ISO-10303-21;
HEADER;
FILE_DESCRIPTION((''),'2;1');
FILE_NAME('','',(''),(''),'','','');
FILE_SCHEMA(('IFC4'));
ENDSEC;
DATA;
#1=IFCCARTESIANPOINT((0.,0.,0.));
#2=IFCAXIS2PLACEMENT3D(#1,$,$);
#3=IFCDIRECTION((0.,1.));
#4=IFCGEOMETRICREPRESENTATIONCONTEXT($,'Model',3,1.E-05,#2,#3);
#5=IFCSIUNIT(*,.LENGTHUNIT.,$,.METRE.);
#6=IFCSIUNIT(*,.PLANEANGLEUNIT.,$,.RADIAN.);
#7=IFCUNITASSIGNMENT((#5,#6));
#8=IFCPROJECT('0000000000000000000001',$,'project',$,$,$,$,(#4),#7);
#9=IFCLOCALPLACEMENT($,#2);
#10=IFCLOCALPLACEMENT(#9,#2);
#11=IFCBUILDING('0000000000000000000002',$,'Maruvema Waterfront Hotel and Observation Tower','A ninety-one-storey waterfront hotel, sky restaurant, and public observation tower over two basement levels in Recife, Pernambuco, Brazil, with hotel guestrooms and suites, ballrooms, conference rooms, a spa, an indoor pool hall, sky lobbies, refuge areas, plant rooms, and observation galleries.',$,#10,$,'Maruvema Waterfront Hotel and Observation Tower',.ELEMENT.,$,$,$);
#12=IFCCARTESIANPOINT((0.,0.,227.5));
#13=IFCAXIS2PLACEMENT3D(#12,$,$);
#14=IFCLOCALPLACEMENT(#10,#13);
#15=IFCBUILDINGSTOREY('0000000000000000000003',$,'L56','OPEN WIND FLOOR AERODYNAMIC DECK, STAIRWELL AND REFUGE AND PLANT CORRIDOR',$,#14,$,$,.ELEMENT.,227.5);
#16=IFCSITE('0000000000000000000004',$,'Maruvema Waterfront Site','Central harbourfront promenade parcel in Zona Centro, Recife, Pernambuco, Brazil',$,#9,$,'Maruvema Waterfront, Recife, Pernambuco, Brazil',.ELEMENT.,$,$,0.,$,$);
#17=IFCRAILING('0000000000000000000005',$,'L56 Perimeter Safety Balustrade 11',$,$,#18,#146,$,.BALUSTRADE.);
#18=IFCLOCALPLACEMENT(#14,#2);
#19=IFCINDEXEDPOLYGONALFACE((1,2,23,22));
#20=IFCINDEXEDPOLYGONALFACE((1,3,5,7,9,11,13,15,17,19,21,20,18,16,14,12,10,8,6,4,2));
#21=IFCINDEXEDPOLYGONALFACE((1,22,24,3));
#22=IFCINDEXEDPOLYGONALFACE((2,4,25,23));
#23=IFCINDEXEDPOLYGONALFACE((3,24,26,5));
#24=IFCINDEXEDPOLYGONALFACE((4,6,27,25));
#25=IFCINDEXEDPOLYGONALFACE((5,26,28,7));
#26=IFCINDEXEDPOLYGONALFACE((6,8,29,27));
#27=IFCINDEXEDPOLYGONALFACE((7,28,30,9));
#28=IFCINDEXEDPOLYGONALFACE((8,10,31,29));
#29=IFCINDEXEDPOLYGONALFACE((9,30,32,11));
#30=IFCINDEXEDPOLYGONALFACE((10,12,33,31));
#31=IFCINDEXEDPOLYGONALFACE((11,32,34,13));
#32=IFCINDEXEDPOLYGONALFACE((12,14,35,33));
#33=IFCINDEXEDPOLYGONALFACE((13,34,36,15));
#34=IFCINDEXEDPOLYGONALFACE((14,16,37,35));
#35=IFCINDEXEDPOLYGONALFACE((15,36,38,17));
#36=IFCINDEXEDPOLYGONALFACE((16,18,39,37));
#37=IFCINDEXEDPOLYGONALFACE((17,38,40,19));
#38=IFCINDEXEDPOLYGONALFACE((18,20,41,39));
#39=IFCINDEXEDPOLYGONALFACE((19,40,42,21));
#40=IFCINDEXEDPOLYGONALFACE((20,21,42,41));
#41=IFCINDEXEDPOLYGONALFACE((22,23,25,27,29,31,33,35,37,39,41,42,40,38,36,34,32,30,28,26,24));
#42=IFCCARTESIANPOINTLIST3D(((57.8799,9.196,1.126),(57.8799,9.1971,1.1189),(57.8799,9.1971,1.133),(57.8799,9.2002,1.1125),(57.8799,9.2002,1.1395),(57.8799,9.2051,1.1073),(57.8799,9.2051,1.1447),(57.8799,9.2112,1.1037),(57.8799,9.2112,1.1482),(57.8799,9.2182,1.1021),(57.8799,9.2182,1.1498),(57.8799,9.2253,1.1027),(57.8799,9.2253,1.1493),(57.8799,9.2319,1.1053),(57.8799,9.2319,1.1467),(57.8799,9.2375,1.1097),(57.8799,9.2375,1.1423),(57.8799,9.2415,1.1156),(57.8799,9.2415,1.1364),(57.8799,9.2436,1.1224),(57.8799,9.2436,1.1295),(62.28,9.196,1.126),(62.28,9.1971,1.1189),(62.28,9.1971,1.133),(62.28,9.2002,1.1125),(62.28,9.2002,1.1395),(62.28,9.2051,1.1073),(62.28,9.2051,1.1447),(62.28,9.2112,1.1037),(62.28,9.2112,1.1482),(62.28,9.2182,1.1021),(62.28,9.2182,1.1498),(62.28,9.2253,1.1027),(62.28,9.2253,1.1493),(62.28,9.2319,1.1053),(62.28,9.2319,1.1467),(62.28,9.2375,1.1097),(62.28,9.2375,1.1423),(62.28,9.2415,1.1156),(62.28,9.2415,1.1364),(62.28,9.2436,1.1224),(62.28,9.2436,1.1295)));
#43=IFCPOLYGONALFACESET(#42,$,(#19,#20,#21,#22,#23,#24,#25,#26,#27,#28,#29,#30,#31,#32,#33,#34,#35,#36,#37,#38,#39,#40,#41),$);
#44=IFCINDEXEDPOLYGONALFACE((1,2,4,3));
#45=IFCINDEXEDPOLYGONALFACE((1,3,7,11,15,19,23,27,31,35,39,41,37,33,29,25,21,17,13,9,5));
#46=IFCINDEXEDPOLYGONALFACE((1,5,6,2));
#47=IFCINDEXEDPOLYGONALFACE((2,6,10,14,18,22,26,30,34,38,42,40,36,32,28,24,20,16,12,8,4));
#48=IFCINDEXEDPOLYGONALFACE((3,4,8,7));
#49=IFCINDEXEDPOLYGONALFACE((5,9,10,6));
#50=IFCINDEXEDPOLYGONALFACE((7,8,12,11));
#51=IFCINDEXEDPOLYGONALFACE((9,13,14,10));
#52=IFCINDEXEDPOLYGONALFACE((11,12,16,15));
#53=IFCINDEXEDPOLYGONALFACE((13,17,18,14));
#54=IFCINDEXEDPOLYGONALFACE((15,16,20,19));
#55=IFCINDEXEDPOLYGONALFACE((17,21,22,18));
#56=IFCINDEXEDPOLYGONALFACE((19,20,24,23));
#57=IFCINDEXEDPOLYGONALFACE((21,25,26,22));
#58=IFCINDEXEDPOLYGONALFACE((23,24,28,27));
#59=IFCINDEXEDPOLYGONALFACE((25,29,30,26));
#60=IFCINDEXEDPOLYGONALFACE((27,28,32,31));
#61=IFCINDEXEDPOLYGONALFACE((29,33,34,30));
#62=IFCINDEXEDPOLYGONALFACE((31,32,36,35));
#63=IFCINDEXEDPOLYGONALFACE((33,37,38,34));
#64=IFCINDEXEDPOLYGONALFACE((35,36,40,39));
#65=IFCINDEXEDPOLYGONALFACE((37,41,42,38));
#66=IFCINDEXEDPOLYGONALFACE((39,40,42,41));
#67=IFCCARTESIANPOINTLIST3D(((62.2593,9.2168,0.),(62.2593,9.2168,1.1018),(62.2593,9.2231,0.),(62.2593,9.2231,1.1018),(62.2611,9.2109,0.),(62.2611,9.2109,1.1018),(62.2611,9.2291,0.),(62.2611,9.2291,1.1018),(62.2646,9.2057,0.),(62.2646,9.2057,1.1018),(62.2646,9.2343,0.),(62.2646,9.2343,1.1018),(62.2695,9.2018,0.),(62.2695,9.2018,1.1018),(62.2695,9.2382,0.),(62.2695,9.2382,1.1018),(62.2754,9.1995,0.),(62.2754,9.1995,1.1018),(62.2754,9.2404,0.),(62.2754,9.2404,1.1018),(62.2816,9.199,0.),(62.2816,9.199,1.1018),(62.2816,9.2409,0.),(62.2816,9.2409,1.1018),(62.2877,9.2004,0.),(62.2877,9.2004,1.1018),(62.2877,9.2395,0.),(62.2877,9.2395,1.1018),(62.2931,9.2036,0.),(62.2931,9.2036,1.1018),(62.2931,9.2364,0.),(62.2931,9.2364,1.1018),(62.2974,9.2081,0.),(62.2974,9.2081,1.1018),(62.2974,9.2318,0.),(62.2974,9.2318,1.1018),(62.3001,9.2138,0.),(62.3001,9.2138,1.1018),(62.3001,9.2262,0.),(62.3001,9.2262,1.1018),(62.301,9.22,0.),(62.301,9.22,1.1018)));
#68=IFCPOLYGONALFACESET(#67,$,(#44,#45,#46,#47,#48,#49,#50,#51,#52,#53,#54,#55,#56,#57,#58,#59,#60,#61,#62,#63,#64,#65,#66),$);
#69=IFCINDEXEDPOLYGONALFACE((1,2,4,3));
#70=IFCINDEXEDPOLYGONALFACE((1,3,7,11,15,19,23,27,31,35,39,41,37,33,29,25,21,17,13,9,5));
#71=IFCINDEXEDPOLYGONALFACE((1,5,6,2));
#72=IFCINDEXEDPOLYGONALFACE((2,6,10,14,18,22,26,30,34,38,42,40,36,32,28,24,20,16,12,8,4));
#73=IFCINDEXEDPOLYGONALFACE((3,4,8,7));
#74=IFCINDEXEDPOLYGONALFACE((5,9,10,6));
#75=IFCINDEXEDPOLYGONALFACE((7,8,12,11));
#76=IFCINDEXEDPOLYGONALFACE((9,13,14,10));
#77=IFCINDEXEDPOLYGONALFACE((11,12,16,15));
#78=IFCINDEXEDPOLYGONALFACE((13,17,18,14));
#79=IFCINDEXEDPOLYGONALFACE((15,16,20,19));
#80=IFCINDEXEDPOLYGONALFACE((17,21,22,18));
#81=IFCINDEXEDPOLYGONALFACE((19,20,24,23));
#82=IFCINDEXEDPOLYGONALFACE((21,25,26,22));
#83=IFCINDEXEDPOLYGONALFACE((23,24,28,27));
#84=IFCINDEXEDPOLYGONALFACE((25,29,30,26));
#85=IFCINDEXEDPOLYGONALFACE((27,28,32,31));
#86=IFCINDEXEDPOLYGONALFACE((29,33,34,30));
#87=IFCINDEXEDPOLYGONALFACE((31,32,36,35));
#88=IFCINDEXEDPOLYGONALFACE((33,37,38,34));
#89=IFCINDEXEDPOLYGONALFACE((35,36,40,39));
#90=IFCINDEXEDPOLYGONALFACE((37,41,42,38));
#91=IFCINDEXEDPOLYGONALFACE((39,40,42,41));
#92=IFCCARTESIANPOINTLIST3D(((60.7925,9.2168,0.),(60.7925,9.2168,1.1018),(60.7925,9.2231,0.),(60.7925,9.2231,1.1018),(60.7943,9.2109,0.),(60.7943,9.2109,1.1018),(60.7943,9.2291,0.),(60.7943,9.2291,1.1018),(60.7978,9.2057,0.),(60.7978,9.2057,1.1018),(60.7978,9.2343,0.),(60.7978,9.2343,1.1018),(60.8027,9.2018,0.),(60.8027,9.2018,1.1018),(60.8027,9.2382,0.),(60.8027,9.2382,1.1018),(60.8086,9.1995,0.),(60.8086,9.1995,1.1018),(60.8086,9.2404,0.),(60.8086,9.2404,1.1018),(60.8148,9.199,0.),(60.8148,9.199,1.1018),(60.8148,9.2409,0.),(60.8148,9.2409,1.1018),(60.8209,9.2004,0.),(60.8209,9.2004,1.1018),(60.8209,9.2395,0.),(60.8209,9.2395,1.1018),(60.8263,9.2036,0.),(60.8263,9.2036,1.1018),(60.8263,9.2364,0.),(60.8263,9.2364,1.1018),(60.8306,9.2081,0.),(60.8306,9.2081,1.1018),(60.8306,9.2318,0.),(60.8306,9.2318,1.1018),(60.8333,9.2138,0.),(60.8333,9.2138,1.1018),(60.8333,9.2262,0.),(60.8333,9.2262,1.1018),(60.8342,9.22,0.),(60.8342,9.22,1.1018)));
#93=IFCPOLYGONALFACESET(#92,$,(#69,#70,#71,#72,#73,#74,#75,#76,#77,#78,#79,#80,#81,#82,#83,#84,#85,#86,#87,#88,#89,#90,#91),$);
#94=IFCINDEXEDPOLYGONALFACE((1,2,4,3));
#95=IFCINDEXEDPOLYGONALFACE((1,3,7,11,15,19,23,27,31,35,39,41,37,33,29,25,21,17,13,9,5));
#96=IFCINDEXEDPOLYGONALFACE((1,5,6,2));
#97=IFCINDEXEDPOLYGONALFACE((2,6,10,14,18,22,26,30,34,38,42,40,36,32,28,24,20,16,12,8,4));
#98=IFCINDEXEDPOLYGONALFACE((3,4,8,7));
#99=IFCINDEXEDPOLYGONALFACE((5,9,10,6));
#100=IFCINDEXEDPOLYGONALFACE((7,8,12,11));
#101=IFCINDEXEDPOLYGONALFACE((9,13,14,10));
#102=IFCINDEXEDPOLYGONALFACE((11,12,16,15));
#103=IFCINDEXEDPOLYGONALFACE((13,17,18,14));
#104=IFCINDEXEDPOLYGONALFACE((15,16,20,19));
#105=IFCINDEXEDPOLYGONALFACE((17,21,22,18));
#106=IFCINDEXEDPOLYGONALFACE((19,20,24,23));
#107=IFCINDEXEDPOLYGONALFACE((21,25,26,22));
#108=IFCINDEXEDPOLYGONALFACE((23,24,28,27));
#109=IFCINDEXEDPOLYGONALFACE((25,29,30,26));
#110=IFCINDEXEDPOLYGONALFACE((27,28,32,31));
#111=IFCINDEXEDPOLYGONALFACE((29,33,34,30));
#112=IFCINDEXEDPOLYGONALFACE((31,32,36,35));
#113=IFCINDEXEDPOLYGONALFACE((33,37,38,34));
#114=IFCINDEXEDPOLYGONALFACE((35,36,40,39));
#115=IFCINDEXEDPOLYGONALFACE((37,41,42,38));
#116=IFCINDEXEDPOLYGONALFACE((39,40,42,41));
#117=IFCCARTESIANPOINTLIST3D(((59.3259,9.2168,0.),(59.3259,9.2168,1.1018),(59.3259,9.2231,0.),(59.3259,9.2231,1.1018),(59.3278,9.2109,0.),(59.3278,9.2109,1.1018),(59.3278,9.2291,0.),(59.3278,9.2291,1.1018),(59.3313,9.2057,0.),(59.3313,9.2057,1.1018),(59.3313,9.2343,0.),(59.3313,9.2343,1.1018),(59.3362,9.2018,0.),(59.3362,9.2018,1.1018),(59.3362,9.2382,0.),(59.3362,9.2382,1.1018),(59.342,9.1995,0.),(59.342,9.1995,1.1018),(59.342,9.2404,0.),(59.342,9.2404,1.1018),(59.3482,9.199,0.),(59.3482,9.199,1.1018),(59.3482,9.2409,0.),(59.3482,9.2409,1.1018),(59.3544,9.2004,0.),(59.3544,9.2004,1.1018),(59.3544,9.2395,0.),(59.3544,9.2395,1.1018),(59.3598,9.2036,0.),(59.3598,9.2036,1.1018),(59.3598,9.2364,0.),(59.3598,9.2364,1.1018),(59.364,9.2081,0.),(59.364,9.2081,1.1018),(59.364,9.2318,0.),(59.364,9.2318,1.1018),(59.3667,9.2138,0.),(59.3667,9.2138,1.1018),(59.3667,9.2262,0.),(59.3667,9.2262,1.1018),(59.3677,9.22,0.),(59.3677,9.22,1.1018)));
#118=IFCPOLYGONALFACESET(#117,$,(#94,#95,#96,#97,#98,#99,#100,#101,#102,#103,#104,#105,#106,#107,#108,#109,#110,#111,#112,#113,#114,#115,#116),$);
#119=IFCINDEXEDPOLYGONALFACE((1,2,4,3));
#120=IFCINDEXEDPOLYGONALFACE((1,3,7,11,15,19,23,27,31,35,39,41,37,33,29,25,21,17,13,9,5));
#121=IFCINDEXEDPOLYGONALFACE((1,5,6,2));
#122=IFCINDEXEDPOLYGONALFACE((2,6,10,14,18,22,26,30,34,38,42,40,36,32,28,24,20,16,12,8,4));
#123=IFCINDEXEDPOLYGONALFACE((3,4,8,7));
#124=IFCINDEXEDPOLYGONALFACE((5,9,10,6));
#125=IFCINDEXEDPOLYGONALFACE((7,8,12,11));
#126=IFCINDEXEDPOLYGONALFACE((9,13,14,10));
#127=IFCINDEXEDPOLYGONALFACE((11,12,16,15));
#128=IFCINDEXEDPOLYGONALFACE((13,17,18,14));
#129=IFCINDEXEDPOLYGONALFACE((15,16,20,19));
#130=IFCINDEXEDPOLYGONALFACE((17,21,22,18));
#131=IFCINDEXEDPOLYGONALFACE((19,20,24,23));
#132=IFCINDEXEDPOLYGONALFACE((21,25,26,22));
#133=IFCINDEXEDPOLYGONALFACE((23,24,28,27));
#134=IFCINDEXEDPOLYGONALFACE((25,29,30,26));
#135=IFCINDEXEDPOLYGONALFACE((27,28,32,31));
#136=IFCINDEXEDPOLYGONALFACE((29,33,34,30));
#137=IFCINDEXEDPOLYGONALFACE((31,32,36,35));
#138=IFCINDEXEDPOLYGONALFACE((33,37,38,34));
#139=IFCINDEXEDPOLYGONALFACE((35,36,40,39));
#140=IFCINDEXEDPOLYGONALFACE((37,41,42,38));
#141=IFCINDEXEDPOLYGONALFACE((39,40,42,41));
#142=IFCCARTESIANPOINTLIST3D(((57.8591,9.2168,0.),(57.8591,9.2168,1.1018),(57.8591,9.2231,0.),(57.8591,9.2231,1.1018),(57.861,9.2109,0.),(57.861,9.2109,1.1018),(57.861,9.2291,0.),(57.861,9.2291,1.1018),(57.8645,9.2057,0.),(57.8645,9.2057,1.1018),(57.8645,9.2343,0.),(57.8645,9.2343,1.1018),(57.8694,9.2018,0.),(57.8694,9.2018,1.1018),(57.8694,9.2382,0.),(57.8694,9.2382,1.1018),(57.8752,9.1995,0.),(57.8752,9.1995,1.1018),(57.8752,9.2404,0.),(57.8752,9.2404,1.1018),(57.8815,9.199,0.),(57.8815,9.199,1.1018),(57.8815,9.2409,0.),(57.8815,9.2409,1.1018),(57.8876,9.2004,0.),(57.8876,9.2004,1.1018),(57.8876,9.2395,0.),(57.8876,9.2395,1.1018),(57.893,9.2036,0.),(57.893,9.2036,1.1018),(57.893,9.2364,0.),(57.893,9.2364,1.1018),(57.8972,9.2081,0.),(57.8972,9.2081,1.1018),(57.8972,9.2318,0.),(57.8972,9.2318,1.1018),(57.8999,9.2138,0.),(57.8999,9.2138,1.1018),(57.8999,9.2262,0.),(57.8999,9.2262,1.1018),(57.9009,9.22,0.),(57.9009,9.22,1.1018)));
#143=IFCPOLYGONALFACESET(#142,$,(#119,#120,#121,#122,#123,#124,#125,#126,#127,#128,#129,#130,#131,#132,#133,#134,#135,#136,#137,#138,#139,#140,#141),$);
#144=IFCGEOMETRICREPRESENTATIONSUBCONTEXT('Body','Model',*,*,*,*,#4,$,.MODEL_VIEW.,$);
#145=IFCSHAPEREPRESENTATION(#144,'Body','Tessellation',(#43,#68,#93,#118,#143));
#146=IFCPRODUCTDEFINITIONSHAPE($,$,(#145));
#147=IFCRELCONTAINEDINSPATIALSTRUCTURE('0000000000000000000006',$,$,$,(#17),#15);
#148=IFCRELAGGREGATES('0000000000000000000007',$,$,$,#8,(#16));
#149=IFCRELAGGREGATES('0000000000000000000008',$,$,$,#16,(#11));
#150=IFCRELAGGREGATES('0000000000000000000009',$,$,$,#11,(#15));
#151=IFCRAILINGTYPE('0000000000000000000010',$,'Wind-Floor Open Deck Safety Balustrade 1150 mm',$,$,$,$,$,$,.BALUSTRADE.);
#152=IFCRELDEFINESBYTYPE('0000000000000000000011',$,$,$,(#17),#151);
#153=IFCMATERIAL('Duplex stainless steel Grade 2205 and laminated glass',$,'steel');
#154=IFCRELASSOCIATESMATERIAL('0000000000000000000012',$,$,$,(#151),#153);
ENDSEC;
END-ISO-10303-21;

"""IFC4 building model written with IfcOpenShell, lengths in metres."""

from ifc_helpers import new_model, si_unit, direction, frame, origin, origin_2d, place, context, subcontext, project, spatial, circle, extrude, material, type_object, element, save


model = new_model("IFC4")

# Units and contexts
model_context = context("Model", 3, precision=1e-05, world=origin(), true_north=direction((0.0, 1.0)))
body_context = subcontext(model_context, "Body", "Model", "MODEL_VIEW")
ifc_project = project(units=[si_unit("LENGTHUNIT", "METRE"), si_unit("PLANEANGLEUNIT", "RADIAN")], contexts=[model_context])

# Site, building, storey
site_placement = place(None, origin())
site = spatial("IfcSite", under=ifc_project, at=site_placement, Name="Maruvema Waterfront Site", Description="Central harbourfront promenade parcel in Zona Centro, Recife, Pernambuco, Brazil", LongName="Maruvema Waterfront, Recife, Pernambuco, Brazil", CompositionType="ELEMENT", RefElevation=0.0)
building_placement = place(site_placement, origin())
building = spatial("IfcBuilding", under=site, at=building_placement, Name="Maruvema Waterfront Hotel and Observation Tower", Description="A ninety-one-storey waterfront hotel, sky restaurant, and public observation tower over two basement levels in Recife, Pernambuco, Brazil, with hotel guestrooms and suites, ballrooms, conference rooms, a spa, an indoor pool hall, sky lobbies, refuge areas, plant rooms, and observation galleries.", LongName="Maruvema Waterfront Hotel and Observation Tower", CompositionType="ELEMENT")
storey_placement = place(building_placement, frame((0.0, 0.0, 227.5)))
storey = spatial("IfcBuildingStorey", under=building, at=storey_placement, Name="L56", Description="OPEN WIND FLOOR AERODYNAMIC DECK, STAIRWELL AND REFUGE AND PLANT CORRIDOR", CompositionType="ELEMENT", Elevation=227.5)

# Railing
ifc_material_1 = material(Name="Duplex stainless steel Grade 2205 and laminated glass", Category="steel")
railing_type = type_object("IfcRailingType", Name="Wind-Floor Open Deck Safety Balustrade 1150 mm", PredefinedType="BALUSTRADE", material=ifc_material_1)
railing_1_placement = place(storey_placement, frame((62.28, 9.22, 0.0)))
element("IfcRailing", 1, at=railing_1_placement, inside=storey, type_object=railing_type, Name="L56 Perimeter Safety Balustrade 11", PredefinedType="BALUSTRADE", context=body_context, shape_type="SweptSolid", body=[
    extrude(circle(Radius=0.0239, at=origin_2d()), frame((0.0, 0.0, 1.126), z_axis=(-1.0, 0.0, 0.0), x_axis=(0.0, -1.0, 0.0)), (0.0, 0.0, 1.0), 4.4001),
    extrude(circle(Radius=0.021, at=origin_2d()), origin(), (0.0, 0.0, 1.0), 1.1018),
    extrude(circle(Radius=0.021, at=origin_2d()), frame((-1.4668, 0.0, 0.0)), (0.0, 0.0, 1.0), 1.1018),
    extrude(circle(Radius=0.021, at=origin_2d()), frame((-2.9333, 0.0, 0.0)), (0.0, 0.0, 1.0), 1.1018),
    extrude(circle(Radius=0.021, at=origin_2d()), frame((-4.4001, 0.0, 0.0)), (0.0, 0.0, 1.0), 1.1018),
])

save(model, "model.ifc")
